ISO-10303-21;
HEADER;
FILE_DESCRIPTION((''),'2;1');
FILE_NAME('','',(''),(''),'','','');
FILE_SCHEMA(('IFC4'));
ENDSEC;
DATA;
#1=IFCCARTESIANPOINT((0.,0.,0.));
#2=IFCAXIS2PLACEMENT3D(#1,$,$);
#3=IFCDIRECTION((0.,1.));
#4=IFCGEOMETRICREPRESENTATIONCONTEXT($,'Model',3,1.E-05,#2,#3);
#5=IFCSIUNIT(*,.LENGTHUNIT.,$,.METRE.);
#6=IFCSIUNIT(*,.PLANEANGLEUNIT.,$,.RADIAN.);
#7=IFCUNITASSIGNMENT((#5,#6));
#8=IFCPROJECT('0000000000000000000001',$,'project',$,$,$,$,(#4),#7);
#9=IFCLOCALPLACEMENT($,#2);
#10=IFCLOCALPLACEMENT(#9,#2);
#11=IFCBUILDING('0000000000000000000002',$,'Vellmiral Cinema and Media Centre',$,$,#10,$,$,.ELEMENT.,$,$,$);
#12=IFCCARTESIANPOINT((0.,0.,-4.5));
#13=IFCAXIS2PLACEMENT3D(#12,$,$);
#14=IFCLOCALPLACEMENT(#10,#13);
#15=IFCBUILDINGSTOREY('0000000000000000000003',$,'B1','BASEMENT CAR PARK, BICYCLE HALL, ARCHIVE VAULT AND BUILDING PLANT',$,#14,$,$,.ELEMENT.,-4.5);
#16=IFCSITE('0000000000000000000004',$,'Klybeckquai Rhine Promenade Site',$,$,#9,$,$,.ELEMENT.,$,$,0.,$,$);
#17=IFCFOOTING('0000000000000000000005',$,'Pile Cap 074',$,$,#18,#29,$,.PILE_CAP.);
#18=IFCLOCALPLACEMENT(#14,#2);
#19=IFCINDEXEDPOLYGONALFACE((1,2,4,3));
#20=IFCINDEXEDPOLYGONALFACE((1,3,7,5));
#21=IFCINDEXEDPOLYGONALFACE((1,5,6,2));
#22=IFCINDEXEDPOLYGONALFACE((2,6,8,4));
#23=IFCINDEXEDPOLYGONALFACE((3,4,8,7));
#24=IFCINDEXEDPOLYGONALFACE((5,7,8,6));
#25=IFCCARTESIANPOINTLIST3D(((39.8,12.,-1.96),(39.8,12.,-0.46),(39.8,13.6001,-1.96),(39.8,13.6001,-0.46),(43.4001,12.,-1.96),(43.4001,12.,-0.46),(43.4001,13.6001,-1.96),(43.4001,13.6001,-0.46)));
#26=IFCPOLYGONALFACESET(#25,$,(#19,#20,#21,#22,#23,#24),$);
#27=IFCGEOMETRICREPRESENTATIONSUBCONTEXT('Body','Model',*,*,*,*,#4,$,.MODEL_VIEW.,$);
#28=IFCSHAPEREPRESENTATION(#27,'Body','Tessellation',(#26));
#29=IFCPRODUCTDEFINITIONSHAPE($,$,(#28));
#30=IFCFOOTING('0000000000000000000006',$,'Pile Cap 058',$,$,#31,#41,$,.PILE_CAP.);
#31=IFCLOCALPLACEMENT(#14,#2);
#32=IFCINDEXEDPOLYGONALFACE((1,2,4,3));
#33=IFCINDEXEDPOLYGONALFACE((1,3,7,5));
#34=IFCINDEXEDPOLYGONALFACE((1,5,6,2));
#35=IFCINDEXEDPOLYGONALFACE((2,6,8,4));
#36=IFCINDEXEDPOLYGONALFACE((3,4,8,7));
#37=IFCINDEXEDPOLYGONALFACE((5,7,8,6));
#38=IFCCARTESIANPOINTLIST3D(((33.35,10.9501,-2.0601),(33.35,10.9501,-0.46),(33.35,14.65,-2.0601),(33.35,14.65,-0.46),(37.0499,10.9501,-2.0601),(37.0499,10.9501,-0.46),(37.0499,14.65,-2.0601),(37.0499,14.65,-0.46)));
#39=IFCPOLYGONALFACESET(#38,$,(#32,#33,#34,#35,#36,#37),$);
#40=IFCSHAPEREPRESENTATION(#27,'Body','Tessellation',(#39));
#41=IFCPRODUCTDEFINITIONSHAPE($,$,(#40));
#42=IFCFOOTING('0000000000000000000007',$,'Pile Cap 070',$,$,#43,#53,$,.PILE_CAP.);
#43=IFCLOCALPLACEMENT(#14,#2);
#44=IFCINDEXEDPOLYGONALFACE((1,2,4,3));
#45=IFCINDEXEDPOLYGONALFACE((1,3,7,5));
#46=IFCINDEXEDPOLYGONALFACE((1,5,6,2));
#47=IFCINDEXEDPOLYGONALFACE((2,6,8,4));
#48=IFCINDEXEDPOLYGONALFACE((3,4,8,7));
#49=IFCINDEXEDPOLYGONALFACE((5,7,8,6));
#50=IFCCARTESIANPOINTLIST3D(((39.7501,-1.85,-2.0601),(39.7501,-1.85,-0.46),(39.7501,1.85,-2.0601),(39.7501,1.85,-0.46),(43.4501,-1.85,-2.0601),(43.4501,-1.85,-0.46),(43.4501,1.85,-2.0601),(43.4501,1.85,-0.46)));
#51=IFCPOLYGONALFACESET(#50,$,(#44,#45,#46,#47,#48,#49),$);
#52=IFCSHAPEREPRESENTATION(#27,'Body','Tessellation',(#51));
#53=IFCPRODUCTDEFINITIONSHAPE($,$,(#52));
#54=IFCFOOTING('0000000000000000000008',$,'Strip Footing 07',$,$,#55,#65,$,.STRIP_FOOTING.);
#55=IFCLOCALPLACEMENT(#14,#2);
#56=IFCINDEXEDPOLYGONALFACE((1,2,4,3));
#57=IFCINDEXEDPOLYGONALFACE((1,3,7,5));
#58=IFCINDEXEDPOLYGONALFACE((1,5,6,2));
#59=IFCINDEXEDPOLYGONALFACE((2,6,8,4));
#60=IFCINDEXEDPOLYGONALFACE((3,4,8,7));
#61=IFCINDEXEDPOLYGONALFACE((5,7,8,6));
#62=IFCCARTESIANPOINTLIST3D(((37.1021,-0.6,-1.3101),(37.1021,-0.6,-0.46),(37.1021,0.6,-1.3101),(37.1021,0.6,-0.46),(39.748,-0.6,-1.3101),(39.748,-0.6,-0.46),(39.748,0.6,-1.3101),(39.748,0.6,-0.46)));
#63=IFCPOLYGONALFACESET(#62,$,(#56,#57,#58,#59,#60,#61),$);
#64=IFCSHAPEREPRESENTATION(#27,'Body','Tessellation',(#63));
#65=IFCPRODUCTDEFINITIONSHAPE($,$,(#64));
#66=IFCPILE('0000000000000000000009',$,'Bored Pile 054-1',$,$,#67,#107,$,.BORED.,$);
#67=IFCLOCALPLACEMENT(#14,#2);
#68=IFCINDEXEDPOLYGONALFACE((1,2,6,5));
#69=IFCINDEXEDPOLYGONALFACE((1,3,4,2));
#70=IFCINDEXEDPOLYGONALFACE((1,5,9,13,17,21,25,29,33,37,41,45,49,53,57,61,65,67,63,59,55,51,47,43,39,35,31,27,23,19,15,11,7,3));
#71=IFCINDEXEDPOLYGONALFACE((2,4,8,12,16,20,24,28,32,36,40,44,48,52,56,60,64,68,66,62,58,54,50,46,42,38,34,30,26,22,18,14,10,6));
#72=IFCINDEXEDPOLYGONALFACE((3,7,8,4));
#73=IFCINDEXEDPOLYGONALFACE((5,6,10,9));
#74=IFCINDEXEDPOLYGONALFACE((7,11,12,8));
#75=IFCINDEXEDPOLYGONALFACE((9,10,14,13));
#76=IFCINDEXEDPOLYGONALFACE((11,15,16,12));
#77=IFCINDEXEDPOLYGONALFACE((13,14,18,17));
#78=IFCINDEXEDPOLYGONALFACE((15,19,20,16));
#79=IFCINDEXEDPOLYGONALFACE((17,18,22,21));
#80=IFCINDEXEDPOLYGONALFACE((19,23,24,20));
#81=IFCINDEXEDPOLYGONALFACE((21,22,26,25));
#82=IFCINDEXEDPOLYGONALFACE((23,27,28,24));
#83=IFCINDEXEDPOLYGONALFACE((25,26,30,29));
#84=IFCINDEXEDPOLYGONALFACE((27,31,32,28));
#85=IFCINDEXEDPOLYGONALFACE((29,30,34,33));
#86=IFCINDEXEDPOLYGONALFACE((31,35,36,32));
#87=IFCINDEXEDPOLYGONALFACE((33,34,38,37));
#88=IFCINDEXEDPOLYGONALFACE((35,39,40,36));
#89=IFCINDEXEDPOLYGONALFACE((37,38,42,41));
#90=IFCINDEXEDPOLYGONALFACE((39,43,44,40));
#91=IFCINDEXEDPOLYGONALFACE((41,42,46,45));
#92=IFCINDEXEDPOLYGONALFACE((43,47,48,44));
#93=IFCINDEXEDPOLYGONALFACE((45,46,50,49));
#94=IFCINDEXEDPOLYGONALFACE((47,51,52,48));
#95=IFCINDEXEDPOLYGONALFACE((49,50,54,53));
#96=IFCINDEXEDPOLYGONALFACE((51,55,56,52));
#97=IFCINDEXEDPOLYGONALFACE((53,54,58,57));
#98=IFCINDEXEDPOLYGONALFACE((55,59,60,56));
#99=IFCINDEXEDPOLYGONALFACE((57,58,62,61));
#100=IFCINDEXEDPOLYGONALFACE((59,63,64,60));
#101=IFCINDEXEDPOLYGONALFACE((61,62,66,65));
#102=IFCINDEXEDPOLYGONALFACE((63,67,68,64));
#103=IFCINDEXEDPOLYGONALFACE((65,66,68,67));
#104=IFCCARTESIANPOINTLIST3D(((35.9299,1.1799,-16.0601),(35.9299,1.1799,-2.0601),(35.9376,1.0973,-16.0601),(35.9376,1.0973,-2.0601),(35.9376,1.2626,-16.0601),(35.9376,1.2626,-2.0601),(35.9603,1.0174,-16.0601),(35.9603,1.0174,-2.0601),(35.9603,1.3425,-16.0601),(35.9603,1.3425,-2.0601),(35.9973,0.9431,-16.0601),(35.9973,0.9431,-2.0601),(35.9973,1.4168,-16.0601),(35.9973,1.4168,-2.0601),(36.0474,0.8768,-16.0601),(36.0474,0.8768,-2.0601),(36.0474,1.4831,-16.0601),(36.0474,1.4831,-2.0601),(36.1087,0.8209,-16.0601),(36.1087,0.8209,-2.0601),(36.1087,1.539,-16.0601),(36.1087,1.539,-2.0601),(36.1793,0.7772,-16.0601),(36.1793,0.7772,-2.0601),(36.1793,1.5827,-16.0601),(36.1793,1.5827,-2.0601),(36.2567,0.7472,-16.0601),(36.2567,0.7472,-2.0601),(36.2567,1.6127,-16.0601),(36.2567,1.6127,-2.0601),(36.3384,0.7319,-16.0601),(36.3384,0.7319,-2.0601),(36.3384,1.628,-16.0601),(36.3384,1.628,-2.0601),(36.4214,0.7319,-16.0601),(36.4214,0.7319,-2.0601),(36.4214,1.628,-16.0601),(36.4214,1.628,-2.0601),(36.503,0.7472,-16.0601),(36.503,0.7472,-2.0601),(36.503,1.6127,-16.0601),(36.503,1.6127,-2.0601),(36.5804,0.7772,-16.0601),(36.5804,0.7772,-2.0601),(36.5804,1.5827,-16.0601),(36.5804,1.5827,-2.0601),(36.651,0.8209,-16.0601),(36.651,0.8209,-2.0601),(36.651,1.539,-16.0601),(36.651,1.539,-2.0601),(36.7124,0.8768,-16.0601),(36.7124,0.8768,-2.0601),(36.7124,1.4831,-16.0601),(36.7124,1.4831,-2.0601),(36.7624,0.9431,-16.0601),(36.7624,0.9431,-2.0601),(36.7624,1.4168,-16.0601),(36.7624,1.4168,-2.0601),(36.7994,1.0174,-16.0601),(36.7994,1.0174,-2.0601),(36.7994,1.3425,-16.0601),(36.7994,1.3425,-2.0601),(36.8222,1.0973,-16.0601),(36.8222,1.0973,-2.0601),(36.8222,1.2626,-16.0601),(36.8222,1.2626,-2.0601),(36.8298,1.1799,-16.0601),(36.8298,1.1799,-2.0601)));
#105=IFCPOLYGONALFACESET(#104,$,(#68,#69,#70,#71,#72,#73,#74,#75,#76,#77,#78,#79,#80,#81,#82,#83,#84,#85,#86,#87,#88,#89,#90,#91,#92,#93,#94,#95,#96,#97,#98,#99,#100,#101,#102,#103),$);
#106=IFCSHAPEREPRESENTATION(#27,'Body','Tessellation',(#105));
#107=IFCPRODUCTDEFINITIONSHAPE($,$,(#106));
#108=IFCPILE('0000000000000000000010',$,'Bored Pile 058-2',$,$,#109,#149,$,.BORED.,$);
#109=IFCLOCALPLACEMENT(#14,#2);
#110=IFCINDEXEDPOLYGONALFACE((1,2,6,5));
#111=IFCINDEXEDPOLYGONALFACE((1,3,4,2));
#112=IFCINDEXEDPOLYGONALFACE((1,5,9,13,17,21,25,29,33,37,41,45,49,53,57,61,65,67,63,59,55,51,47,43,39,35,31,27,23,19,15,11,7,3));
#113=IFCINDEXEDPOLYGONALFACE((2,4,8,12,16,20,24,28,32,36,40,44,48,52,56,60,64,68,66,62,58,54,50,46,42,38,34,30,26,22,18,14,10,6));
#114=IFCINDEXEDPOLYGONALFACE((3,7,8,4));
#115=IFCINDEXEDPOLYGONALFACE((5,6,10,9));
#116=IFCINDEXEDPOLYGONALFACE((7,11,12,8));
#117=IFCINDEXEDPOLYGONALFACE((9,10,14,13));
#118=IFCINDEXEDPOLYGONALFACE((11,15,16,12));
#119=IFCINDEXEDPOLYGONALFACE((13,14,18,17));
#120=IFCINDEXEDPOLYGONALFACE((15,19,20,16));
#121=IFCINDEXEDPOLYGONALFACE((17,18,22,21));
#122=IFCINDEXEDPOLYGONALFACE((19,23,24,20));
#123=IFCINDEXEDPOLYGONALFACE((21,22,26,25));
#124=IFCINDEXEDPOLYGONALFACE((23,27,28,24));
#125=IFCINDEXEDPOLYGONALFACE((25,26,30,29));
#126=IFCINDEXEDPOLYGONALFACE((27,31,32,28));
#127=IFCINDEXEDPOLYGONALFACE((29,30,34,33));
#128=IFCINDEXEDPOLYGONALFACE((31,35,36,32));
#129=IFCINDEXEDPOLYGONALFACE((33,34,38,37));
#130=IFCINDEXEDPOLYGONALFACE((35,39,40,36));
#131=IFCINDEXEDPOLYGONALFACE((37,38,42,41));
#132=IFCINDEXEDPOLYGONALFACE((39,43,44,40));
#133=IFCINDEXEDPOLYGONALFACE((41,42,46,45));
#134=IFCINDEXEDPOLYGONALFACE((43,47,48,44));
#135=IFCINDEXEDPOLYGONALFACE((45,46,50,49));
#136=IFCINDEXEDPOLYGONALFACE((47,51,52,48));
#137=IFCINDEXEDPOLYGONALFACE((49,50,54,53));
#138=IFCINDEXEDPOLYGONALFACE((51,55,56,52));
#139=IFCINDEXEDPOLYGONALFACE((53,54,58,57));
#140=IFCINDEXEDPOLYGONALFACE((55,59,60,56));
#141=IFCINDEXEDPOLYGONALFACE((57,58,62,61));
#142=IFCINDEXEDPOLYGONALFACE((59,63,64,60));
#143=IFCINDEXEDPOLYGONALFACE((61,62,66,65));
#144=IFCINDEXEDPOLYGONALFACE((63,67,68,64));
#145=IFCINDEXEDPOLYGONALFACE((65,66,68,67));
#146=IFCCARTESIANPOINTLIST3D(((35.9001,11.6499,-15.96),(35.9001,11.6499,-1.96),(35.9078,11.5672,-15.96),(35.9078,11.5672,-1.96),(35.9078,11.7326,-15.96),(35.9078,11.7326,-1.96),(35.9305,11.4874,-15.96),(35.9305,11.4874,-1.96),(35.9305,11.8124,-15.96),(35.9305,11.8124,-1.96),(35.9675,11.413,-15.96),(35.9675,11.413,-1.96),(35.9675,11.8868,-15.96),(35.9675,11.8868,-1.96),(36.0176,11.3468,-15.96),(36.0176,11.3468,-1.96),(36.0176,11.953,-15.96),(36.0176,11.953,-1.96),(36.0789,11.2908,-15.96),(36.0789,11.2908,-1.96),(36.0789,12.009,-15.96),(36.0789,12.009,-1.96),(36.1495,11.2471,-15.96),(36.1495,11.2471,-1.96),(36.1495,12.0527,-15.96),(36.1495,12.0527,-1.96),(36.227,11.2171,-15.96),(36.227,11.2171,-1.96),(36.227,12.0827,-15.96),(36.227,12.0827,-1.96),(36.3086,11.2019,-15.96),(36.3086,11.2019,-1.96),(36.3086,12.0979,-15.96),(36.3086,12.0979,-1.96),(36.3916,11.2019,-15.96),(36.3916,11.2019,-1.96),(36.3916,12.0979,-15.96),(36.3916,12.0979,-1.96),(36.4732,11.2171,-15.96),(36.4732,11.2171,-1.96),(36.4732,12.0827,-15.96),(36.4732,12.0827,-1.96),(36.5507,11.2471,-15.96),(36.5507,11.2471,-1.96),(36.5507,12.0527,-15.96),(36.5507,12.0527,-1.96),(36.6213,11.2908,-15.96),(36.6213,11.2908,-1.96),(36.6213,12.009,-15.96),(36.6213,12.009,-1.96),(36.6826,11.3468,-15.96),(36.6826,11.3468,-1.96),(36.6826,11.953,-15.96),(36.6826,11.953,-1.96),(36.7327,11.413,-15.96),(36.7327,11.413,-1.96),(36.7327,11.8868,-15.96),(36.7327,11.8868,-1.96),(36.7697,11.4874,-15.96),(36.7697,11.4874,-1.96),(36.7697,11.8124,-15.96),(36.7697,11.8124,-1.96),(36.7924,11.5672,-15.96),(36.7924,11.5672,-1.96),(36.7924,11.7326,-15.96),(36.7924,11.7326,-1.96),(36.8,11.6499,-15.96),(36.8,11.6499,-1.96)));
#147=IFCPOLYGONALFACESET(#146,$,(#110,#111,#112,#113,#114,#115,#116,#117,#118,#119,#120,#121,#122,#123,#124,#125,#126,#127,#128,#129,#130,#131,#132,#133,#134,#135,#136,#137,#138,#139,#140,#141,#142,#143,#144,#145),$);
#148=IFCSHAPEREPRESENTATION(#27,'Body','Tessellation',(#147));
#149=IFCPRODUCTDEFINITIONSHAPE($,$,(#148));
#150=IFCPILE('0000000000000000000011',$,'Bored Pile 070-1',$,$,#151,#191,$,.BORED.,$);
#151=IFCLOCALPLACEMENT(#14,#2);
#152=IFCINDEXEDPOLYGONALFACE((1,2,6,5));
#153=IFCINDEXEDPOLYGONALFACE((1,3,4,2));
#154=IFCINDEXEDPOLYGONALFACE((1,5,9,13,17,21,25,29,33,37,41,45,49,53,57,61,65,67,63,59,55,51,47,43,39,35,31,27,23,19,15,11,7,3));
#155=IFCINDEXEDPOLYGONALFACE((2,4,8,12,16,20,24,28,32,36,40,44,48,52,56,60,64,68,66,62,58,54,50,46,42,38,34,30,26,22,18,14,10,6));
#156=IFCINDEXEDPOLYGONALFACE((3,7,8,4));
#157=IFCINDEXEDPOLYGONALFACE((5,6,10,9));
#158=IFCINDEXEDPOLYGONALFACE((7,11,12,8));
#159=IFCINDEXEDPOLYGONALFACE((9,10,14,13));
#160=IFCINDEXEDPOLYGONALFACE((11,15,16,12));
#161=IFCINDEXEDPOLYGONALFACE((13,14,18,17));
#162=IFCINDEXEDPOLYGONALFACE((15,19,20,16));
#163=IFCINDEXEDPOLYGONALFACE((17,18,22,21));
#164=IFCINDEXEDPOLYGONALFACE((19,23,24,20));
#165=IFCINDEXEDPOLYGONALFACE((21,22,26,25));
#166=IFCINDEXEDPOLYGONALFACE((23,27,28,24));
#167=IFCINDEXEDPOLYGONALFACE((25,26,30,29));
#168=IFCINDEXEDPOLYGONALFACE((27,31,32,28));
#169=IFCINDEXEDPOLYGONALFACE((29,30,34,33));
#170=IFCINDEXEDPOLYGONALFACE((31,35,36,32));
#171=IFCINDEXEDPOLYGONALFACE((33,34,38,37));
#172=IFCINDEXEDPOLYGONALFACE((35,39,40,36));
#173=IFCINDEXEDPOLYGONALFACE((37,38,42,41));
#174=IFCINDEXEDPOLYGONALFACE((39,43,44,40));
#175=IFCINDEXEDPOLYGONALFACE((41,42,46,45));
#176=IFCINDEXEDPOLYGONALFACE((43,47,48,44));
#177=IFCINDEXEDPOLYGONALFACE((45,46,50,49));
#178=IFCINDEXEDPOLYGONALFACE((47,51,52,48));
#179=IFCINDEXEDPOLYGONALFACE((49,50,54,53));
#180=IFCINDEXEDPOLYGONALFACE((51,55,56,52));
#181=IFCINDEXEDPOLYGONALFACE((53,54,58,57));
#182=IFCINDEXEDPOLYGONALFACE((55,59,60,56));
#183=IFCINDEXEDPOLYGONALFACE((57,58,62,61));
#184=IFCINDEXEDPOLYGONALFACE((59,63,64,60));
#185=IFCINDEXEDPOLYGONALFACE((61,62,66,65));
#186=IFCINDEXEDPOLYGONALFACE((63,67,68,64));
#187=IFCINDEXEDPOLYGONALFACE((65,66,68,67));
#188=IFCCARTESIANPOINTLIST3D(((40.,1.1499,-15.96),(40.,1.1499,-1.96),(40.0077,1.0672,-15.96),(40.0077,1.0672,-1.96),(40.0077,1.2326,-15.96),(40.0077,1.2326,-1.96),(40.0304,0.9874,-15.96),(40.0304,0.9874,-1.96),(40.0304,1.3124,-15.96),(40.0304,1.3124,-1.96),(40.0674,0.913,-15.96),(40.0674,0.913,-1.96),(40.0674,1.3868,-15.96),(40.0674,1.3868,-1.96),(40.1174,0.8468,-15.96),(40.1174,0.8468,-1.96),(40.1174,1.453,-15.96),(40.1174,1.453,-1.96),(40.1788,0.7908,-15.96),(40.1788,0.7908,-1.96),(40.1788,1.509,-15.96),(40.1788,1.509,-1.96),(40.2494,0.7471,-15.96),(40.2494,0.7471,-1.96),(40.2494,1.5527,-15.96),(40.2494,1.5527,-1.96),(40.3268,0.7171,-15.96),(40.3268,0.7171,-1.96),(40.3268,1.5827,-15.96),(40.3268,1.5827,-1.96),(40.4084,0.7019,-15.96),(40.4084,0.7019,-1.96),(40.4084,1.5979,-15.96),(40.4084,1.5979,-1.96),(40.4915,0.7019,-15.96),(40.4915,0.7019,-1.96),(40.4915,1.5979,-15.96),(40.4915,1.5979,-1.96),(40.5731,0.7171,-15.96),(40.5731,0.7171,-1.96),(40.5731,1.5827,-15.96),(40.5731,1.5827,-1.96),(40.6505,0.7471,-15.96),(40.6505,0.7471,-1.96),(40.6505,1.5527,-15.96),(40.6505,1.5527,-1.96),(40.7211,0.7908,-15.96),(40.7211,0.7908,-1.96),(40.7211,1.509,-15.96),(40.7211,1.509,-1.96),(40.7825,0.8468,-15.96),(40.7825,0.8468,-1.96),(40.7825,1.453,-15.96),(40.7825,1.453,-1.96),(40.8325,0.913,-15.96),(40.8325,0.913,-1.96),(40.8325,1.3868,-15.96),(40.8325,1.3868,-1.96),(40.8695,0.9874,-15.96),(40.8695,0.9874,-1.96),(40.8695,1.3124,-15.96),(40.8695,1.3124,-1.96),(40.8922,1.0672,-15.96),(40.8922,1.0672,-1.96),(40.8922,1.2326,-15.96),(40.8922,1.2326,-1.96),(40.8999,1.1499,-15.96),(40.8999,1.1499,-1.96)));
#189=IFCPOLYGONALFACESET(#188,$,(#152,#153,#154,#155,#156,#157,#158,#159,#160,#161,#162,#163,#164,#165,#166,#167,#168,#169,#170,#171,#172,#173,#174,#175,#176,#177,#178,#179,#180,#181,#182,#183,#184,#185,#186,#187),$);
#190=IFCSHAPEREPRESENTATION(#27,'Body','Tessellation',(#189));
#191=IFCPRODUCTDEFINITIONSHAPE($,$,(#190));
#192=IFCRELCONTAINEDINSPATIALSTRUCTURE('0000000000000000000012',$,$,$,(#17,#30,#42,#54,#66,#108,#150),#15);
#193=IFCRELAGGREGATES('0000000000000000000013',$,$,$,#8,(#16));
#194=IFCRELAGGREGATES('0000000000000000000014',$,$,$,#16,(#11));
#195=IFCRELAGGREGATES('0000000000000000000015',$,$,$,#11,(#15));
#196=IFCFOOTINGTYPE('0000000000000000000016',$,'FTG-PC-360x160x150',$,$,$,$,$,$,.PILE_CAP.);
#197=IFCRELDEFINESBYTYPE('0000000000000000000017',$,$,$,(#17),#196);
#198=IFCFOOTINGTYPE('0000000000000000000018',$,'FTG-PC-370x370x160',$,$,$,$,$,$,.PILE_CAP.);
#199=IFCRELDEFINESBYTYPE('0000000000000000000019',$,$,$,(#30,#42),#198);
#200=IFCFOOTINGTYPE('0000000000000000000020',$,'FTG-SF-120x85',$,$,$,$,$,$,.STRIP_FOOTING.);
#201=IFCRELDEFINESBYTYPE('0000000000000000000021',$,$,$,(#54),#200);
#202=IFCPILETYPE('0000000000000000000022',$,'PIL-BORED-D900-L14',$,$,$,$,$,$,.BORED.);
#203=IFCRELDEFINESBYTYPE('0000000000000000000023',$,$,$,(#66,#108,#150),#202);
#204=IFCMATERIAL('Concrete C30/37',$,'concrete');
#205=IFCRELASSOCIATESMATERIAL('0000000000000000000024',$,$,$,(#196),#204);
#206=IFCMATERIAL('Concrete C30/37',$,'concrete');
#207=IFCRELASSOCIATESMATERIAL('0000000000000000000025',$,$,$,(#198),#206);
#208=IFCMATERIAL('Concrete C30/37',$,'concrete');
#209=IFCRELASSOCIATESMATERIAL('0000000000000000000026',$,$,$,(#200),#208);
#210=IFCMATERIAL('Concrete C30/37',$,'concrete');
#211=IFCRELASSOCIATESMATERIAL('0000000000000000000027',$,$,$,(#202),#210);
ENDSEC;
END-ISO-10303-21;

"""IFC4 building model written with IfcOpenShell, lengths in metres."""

from ifc_helpers import new_model, si_unit, direction, frame, origin, origin_2d, place, context, subcontext, project, spatial, rectangle, circle, extrude, material, material_profile, profile_set, type_object, element, save


model = new_model("IFC4")

# Units and contexts
model_context = context("Model", 3, precision=1e-05, world=origin(), true_north=direction((0.0, 1.0)))
body_context = subcontext(model_context, "Body", "Model", "MODEL_VIEW")
ifc_project = project(units=[si_unit("LENGTHUNIT", "METRE"), si_unit("PLANEANGLEUNIT", "RADIAN")], contexts=[model_context])

# Site, building, storey
site_placement = place(None, origin())
site = spatial("IfcSite", under=ifc_project, at=site_placement, Name="Klybeckquai Rhine Promenade Site", CompositionType="ELEMENT", RefElevation=0.0)
building_placement = place(site_placement, origin())
building = spatial("IfcBuilding", under=site, at=building_placement, Name="Vellmiral Cinema and Media Centre", CompositionType="ELEMENT")
storey_placement = place(building_placement, frame((0.0, 0.0, -4.5)))
storey = spatial("IfcBuildingStorey", under=building, at=storey_placement, Name="B1", Description="BASEMENT CAR PARK, BICYCLE HALL, ARCHIVE VAULT AND BUILDING PLANT", CompositionType="ELEMENT", Elevation=-4.5)

# Footings
ifc_material_1 = material(Name="Concrete C30/37", Category="concrete")
footing_type_1 = type_object("IfcFootingType", Name="FTG-PC-360x160x150", PredefinedType="PILE_CAP", material=ifc_material_1)
footing_1_placement = place(storey_placement, frame((41.6001, 12.8, -1.96), z_axis=(0.0, 0.0, 1.0), x_axis=(1.0, 0.0, 0.0)))
element("IfcFooting", 1, at=footing_1_placement, inside=storey, type_object=footing_type_1, Name="Pile Cap 074", PredefinedType="PILE_CAP", context=body_context, shape_type="SweptSolid", body=[
    extrude(rectangle(XDim=3.6001, YDim=1.6001, at=origin_2d()), origin(), (0.0, 0.0, 1.0), 1.5),
])
ifc_material_2 = material(Name="Concrete C30/37", Category="concrete")
footing_type_2 = type_object("IfcFootingType", Name="FTG-PC-370x370x160", PredefinedType="PILE_CAP", material=ifc_material_2)
for number, where, z_axis, x_axis, name in (
    (2, (35.2, 12.8, -2.0601), (0.0, 0.0, 1.0), (1.0, 0.0, 0.0), "Pile Cap 058"),
    (3, (41.6001, 0.0, -2.0601), (0.0, 0.0, 1.0), (1.0, 0.0, 0.0), "Pile Cap 070"),
):
    element("IfcFooting", number, at=place(storey_placement, frame(where, z_axis=z_axis, x_axis=x_axis)), inside=storey, type_object=footing_type_2, Name=name, PredefinedType="PILE_CAP", context=body_context, shape_type="SweptSolid", body=[
        extrude(rectangle(XDim=3.7, YDim=3.7, at=origin_2d()), origin(), (0.0, 0.0, 1.0), 1.6001),
    ])
ifc_material_3 = material(Name="Concrete C30/37", Category="concrete")
footing_type_3 = type_object("IfcFootingType", Name="FTG-SF-120x85", PredefinedType="STRIP_FOOTING", material=ifc_material_3)
footing_2_placement = place(storey_placement, frame((38.425, 0.0, -1.3101), z_axis=(0.0, 0.0, 1.0), x_axis=(1.0, 0.0, 0.0)))
element("IfcFooting", 4, at=footing_2_placement, inside=storey, type_object=footing_type_3, Name="Strip Footing 07", PredefinedType="STRIP_FOOTING", context=body_context, shape_type="SweptSolid", body=[
    extrude(rectangle(XDim=2.646, YDim=1.2, at=origin_2d()), origin(), (0.0, 0.0, 1.0), 0.8501),
])

# Piles
ifc_material_4 = material(Name="Concrete C30/37", Category="concrete")
ifc_material_profile_1 = material_profile(ifc_material_4, circle(Radius=0.45, at=origin_2d()), Name="PILE D900")
ifc_profile_set_1 = profile_set([ifc_material_profile_1], Name="Concrete C30/37")
pile_type_1 = type_object("IfcPileType", Name="PIL-BORED-D900-L14", PredefinedType="BORED", material=ifc_profile_set_1)
for number, where, z_axis, x_axis, name in (
    (5, (36.3799, 1.1799, -2.0601), (0.0, 0.0, -1.0), (1.0, 0.0, 0.0), "Bored Pile 054-1"),
    (6, (36.3501, 11.6499, -1.96), (0.0, 0.0, -1.0), (1.0, 0.0, 0.0), "Bored Pile 058-2"),
    (7, (40.45, 1.1499, -1.96), (0.0, 0.0, -1.0), (1.0, 0.0, 0.0), "Bored Pile 070-1"),
):
    element("IfcPile", number, at=place(storey_placement, frame(where, z_axis=z_axis, x_axis=x_axis)), inside=storey, type_object=pile_type_1, Name=name, PredefinedType="BORED", context=body_context, shape_type="SweptSolid", body=[
        extrude(circle(Radius=0.45, at=origin_2d()), origin(), (0.0, 0.0, 1.0), 14.0),
    ])

save(model, "model.ifc")
